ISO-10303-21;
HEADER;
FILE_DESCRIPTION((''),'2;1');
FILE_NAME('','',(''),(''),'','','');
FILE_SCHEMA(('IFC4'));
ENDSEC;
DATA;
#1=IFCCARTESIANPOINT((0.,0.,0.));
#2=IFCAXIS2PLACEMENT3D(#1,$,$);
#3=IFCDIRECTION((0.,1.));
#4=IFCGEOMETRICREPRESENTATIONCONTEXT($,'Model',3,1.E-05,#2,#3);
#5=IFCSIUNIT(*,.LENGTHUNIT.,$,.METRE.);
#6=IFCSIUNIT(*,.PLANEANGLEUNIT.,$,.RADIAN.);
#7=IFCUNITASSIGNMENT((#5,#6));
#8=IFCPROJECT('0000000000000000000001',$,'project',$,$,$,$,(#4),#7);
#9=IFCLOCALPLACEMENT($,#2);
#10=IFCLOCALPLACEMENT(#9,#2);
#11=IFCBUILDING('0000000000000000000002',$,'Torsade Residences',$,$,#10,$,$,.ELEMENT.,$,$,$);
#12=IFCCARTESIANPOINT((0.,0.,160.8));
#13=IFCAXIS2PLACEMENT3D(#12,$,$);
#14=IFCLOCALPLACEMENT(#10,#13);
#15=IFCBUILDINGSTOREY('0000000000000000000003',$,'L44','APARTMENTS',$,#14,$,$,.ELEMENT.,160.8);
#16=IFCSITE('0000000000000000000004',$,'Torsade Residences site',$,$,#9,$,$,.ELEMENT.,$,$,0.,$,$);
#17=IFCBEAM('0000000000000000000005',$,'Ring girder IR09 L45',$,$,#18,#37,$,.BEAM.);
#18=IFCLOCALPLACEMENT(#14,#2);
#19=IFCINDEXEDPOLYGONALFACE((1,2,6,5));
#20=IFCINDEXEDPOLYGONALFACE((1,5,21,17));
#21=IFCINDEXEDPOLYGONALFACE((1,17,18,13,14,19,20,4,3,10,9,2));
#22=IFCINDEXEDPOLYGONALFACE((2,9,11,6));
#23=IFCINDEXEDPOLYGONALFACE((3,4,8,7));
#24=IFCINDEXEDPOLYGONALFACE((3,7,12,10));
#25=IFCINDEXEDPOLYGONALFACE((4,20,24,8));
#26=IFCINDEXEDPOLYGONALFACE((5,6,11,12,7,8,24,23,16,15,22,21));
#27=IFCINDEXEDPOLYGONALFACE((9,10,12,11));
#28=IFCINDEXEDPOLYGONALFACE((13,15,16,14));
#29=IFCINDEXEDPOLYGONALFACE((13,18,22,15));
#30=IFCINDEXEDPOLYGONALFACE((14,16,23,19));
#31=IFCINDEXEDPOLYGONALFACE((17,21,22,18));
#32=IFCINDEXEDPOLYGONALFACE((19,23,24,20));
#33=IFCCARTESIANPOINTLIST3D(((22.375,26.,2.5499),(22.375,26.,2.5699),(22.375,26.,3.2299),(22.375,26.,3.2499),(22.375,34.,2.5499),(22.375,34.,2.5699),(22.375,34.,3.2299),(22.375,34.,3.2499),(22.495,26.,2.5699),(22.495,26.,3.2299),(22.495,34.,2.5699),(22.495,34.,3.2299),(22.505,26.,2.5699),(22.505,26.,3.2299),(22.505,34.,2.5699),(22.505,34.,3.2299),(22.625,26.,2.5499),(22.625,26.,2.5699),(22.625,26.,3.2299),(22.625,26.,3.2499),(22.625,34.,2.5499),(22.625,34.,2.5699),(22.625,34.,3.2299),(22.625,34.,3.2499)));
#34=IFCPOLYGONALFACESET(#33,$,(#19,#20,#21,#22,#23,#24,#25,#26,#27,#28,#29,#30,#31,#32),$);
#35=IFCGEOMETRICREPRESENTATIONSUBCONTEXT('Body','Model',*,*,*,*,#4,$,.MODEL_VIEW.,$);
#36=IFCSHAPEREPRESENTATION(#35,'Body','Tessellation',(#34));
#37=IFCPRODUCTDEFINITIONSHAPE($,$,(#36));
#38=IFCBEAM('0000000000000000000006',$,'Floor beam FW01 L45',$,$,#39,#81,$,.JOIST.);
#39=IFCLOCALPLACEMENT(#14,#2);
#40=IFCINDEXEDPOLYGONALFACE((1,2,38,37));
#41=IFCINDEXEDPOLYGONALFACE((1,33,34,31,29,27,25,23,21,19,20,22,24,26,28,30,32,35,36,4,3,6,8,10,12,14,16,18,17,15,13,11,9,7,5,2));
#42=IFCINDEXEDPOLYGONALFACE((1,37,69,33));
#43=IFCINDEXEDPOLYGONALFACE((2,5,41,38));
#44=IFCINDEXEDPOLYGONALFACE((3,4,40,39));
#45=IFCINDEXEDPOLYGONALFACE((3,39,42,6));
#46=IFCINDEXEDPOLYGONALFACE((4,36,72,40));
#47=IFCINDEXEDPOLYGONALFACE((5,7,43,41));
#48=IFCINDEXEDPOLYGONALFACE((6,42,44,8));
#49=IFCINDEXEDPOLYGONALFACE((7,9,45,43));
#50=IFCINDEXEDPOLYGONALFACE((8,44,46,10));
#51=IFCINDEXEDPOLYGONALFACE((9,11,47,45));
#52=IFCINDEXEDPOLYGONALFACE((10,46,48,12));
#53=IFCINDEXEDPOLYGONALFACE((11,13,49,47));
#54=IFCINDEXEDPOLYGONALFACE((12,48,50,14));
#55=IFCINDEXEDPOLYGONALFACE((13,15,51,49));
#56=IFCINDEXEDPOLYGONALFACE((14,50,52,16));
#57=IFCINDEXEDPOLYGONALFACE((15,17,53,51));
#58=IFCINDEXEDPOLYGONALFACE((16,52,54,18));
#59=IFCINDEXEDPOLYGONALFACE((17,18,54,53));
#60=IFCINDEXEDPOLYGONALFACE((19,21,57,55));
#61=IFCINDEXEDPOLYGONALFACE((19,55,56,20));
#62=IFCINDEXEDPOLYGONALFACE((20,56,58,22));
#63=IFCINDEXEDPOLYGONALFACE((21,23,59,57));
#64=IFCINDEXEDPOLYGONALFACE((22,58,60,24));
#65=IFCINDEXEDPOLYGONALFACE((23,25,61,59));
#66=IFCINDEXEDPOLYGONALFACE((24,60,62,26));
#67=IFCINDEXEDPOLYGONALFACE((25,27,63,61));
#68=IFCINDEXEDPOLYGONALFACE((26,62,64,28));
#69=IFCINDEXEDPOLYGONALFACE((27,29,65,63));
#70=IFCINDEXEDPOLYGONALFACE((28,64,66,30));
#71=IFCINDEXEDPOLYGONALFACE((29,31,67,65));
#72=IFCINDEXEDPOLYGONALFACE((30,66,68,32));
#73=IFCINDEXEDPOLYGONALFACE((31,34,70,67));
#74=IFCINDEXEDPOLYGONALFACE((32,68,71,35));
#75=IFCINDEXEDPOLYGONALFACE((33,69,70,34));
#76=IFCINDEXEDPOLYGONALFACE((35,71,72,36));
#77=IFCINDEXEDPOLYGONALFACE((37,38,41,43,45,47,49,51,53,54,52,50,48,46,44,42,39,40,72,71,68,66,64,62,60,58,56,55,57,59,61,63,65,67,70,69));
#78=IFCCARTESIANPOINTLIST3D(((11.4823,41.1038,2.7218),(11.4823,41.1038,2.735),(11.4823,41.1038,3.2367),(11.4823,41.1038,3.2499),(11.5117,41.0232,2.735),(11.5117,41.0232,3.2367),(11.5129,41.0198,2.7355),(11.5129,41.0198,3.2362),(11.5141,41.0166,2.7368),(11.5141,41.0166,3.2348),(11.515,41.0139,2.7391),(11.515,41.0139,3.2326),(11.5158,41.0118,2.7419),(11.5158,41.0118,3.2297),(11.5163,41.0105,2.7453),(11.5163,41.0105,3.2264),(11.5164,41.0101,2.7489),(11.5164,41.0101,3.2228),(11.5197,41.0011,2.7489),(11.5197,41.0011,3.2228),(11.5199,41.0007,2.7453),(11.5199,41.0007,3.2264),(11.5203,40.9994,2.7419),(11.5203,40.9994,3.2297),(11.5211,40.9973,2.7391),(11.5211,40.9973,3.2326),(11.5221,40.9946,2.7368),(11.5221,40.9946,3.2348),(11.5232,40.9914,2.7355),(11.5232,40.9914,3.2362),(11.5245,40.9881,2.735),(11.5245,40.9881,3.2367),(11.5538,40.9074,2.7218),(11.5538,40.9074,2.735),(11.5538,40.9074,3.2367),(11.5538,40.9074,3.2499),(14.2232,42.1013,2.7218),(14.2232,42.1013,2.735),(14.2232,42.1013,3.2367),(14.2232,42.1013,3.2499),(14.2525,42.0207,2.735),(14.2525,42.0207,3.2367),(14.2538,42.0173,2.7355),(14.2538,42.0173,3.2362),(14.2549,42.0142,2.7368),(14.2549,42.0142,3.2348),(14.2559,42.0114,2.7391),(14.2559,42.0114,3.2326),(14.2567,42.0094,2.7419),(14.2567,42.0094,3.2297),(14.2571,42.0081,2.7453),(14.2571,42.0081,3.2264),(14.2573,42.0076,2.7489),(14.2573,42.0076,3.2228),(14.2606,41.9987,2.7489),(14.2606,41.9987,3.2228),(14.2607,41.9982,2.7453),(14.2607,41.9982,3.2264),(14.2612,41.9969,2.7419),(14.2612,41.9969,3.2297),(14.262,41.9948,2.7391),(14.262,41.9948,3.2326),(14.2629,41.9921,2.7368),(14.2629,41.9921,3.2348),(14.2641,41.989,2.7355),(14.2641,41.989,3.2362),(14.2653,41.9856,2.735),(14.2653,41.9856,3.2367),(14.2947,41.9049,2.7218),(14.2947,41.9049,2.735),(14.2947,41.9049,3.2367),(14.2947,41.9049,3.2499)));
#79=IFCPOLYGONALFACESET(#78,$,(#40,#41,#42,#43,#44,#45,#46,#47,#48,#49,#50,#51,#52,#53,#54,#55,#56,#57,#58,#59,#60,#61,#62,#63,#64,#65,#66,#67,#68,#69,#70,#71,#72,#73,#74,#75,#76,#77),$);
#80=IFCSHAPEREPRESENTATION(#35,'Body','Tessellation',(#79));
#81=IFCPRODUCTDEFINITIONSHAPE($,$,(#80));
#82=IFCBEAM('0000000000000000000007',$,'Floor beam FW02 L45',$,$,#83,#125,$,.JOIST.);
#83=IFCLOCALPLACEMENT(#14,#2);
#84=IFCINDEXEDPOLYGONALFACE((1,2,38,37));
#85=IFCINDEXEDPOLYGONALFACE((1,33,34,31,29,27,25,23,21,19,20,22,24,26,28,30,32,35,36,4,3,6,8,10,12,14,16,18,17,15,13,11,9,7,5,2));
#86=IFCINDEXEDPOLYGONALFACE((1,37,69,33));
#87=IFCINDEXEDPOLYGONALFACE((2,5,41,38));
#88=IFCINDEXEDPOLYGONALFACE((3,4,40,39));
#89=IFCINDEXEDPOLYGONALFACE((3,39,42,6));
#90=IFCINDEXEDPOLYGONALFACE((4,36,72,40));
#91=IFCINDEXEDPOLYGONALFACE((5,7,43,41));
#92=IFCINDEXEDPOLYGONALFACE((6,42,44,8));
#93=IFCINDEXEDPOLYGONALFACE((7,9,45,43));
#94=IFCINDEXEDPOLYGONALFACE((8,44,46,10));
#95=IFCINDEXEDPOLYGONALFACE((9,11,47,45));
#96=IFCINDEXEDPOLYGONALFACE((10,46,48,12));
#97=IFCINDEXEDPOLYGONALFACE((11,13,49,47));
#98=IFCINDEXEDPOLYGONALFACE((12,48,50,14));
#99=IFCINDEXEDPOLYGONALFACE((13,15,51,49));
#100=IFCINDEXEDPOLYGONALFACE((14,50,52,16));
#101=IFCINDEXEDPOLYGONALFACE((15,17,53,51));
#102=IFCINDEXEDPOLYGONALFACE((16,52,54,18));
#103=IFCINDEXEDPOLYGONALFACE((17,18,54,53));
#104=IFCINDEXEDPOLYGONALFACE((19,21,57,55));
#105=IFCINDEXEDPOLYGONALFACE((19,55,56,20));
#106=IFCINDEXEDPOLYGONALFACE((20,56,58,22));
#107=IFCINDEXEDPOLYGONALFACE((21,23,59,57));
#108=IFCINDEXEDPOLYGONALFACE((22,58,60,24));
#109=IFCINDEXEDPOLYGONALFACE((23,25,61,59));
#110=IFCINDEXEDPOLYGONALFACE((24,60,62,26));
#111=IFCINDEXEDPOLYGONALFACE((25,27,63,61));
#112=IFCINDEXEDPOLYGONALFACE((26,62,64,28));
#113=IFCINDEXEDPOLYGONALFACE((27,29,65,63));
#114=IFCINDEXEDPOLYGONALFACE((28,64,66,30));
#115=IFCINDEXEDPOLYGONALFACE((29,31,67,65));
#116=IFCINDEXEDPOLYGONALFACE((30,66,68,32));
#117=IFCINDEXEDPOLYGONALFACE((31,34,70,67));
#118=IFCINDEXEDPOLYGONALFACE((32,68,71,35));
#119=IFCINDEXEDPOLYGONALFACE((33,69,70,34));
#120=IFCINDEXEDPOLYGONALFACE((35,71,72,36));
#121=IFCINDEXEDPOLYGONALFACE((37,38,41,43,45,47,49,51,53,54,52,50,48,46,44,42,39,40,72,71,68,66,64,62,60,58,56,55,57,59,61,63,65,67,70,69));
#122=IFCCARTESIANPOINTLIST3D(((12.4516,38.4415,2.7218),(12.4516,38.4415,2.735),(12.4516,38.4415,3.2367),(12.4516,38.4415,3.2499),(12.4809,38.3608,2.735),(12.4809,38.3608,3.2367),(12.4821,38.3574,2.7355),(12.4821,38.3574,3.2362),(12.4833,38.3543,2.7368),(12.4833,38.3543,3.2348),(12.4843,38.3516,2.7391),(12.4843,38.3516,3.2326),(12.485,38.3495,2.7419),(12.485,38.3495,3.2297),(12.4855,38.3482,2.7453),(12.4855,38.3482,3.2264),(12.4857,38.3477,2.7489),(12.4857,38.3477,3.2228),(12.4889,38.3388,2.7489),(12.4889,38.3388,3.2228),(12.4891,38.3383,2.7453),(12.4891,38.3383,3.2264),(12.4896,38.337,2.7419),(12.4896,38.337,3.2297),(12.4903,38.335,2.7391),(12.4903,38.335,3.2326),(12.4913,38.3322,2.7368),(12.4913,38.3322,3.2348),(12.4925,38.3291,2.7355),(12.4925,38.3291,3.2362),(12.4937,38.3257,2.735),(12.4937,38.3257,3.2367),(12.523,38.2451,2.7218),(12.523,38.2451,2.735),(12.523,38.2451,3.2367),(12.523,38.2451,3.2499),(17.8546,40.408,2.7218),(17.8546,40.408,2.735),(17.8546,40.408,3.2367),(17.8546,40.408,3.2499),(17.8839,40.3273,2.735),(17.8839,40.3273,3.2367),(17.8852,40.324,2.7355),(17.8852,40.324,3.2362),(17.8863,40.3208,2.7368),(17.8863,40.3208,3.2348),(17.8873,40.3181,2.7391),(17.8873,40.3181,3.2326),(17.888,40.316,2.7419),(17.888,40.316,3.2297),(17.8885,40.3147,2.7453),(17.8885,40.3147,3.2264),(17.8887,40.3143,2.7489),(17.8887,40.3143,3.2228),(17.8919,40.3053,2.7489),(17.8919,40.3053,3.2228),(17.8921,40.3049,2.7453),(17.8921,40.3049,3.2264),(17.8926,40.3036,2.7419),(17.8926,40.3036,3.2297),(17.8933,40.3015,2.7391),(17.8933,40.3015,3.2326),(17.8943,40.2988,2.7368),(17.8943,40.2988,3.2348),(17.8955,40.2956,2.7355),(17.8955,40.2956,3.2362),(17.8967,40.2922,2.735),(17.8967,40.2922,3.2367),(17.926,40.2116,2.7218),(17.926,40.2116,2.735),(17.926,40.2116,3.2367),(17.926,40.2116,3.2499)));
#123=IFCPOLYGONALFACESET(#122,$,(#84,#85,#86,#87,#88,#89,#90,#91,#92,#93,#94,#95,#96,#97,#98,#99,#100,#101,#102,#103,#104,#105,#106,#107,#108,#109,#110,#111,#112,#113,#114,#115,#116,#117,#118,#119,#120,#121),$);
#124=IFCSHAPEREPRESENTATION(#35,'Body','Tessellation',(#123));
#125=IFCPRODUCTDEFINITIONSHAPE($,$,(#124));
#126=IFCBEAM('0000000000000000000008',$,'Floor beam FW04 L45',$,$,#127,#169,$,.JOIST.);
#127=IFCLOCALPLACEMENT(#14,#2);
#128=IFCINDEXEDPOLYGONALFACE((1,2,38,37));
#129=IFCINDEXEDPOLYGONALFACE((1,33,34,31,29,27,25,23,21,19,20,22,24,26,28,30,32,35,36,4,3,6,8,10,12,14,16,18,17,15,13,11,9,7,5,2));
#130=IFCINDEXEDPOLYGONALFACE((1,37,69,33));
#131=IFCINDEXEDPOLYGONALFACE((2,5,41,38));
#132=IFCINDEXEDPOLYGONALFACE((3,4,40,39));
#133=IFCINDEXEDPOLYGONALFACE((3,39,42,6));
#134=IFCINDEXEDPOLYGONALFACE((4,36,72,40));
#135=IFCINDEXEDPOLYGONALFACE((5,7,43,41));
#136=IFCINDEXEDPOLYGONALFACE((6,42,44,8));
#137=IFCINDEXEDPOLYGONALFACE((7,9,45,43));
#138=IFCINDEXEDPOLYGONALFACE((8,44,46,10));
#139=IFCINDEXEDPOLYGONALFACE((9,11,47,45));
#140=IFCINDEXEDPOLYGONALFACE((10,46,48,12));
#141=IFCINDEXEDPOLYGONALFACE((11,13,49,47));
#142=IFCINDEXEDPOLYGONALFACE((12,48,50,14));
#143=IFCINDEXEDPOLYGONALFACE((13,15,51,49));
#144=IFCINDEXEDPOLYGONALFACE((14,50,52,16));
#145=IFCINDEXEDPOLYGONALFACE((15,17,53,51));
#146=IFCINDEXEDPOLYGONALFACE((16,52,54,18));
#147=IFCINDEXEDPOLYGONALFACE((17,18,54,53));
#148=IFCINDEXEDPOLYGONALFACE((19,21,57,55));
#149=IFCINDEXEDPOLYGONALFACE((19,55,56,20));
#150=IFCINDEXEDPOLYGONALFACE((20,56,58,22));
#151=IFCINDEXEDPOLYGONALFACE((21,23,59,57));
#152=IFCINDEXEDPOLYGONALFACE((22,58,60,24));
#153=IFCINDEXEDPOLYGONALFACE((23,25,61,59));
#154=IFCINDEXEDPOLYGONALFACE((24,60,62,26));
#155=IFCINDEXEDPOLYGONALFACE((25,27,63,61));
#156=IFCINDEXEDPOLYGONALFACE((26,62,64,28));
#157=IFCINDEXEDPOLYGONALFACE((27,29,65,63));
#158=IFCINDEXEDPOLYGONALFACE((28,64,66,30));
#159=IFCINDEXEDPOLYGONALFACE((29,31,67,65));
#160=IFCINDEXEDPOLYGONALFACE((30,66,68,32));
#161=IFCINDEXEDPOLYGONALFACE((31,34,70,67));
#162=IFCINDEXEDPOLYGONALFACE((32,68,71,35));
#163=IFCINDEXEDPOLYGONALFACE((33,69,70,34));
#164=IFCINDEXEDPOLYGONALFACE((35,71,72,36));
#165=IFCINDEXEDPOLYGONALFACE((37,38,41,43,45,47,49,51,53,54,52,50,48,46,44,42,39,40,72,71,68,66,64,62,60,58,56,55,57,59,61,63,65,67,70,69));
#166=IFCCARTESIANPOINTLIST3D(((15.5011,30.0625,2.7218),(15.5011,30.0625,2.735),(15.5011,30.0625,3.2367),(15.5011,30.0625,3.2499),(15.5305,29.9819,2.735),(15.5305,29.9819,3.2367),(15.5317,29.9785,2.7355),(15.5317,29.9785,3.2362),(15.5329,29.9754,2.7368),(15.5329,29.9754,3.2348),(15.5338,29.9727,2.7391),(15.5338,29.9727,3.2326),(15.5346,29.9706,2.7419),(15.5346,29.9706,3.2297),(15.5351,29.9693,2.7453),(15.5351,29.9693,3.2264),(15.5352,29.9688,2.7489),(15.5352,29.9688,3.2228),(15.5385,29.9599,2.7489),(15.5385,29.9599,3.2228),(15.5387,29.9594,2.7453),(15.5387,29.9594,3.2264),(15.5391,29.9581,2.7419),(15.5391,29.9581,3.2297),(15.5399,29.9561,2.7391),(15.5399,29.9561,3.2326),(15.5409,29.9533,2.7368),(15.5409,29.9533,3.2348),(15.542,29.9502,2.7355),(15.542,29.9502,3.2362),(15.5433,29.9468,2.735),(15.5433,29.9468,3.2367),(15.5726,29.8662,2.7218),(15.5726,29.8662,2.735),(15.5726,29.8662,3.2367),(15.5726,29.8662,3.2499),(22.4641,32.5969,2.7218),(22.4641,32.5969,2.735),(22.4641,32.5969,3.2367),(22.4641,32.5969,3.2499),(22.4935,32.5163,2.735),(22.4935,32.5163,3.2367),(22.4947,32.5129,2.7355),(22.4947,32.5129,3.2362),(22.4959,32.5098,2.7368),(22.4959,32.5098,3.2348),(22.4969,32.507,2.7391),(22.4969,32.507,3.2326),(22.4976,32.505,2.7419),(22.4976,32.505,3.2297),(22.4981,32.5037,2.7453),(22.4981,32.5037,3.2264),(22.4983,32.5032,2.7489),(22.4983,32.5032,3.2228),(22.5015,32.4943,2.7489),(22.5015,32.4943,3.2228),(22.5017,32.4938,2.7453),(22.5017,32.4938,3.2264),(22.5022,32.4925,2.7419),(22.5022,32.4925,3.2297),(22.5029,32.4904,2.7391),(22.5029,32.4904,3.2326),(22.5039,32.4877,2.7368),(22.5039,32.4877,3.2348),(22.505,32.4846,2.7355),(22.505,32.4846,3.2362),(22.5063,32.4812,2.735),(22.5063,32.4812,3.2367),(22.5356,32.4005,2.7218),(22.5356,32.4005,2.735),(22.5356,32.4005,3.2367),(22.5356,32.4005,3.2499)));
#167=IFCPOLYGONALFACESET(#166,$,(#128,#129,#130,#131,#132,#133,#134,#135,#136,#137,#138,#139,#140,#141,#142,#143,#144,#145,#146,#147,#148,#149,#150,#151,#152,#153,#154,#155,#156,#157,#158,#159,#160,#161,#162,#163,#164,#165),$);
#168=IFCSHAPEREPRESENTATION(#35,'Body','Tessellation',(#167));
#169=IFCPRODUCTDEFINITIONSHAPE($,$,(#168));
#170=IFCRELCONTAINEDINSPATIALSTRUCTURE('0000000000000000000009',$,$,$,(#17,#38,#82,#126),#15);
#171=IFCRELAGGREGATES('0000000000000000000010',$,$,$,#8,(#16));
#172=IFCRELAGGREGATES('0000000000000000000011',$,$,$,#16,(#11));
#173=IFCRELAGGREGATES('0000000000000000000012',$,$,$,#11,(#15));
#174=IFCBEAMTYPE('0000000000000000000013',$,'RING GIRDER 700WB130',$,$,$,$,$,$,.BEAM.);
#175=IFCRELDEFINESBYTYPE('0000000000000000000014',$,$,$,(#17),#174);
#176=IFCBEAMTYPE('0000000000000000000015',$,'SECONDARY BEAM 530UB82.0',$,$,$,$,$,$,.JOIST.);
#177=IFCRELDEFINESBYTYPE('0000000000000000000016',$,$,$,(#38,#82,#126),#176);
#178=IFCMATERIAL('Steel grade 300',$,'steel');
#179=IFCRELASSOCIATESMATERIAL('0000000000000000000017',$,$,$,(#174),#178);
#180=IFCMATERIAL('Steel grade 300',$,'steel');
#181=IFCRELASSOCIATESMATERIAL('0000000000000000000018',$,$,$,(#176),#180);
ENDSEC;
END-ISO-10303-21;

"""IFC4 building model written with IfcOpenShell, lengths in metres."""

from ifc_helpers import new_model, si_unit, direction, frame, origin, origin_2d, place, context, subcontext, project, spatial, i_section, extrude, material, material_profile, profile_set, type_object, element, save


model = new_model("IFC4")

# Units and contexts
model_context = context("Model", 3, precision=1e-05, world=origin(), true_north=direction((0.0, 1.0)))
body_context = subcontext(model_context, "Body", "Model", "MODEL_VIEW")
ifc_project = project(units=[si_unit("LENGTHUNIT", "METRE"), si_unit("PLANEANGLEUNIT", "RADIAN")], contexts=[model_context])

# Site, building, storey
site_placement = place(None, origin())
site = spatial("IfcSite", under=ifc_project, at=site_placement, Name="Torsade Residences site", CompositionType="ELEMENT", RefElevation=0.0)
building_placement = place(site_placement, origin())
building = spatial("IfcBuilding", under=site, at=building_placement, Name="Torsade Residences", CompositionType="ELEMENT")
storey_placement = place(building_placement, frame((0.0, 0.0, 160.8)))
storey = spatial("IfcBuildingStorey", under=building, at=storey_placement, Name="L44", Description="APARTMENTS", CompositionType="ELEMENT", Elevation=160.8)

# Beams
ifc_material_1 = material(Name="Steel grade 300", Category="steel")
ifc_material_profile_1 = material_profile(ifc_material_1, i_section(OverallWidth=0.25, OverallDepth=0.7, WebThickness=0.01, FlangeThickness=0.02, at=origin_2d()), Name="700WB130")
ifc_profile_set_1 = profile_set([ifc_material_profile_1], Name="Steel grade 300")
beam_type_1 = type_object("IfcBeamType", Name="RING GIRDER 700WB130", PredefinedType="BEAM", material=ifc_profile_set_1)
beam_1_placement = place(storey_placement, frame((22.5, 34.0, 2.8999), z_axis=(0.0, -1.0, 0.0), x_axis=(1.0, 0.0, 0.0)))
element("IfcBeam", 1, at=beam_1_placement, inside=storey, type_object=beam_type_1, Name="Ring girder IR09 L45", PredefinedType="BEAM", context=body_context, shape_type="SweptSolid", body=[
    extrude(i_section(OverallWidth=0.25, OverallDepth=0.7, WebThickness=0.01, FlangeThickness=0.02, at=origin_2d()), origin(), (0.0, 0.0, 1.0), 8.0),
])
ifc_material_2 = material(Name="Steel grade 300", Category="steel")
ifc_material_profile_2 = material_profile(ifc_material_2, i_section(OverallWidth=0.209, OverallDepth=0.5281, WebThickness=0.0095, FlangeThickness=0.0132, FilletRadius=0.0139, at=origin_2d()), Name="530UB82.0")
ifc_profile_set_2 = profile_set([ifc_material_profile_2], Name="Steel grade 300")
beam_type_2 = type_object("IfcBeamType", Name="SECONDARY BEAM 530UB82.0", PredefinedType="JOIST", material=ifc_profile_set_2)
beam_2_placement = place(storey_placement, frame((11.5181, 41.0056, 2.9858), z_axis=(0.939701, 0.341998, 0.0), x_axis=(-0.341998, 0.939701, 0.0)))
element("IfcBeam", 2, at=beam_2_placement, inside=storey, type_object=beam_type_2, Name="Floor beam FW01 L45", PredefinedType="JOIST", context=body_context, shape_type="SweptSolid", body=[
    extrude(i_section(OverallWidth=0.209, OverallDepth=0.5281, WebThickness=0.0095, FlangeThickness=0.0132, FilletRadius=0.0139, at=origin_2d()), origin(), (0.0, 0.0, 1.0), 2.9167),
])
beam_3_placement = place(storey_placement, frame((12.4873, 38.3433, 2.9858), z_axis=(0.939693, 0.342019, 0.0), x_axis=(-0.342019, 0.939693, 0.0)))
element("IfcBeam", 3, at=beam_3_placement, inside=storey, type_object=beam_type_2, Name="Floor beam FW02 L45", PredefinedType="JOIST", context=body_context, shape_type="SweptSolid", body=[
    extrude(i_section(OverallWidth=0.209, OverallDepth=0.5281, WebThickness=0.0095, FlangeThickness=0.0132, FilletRadius=0.0139, at=origin_2d()), origin(), (0.0, 0.0, 1.0), 5.7498),
])
beam_4_placement = place(storey_placement, frame((15.5369, 29.9644, 2.9858), z_axis=(0.93969, 0.342026, 0.0), x_axis=(-0.342026, 0.93969, 0.0)))
element("IfcBeam", 4, at=beam_4_placement, inside=storey, type_object=beam_type_2, Name="Floor beam FW04 L45", PredefinedType="JOIST", context=body_context, shape_type="SweptSolid", body=[
    extrude(i_section(OverallWidth=0.209, OverallDepth=0.5281, WebThickness=0.0095, FlangeThickness=0.0132, FilletRadius=0.0139, at=origin_2d()), origin(), (0.0, 0.0, 1.0), 7.4099),
])

save(model, "model.ifc")
